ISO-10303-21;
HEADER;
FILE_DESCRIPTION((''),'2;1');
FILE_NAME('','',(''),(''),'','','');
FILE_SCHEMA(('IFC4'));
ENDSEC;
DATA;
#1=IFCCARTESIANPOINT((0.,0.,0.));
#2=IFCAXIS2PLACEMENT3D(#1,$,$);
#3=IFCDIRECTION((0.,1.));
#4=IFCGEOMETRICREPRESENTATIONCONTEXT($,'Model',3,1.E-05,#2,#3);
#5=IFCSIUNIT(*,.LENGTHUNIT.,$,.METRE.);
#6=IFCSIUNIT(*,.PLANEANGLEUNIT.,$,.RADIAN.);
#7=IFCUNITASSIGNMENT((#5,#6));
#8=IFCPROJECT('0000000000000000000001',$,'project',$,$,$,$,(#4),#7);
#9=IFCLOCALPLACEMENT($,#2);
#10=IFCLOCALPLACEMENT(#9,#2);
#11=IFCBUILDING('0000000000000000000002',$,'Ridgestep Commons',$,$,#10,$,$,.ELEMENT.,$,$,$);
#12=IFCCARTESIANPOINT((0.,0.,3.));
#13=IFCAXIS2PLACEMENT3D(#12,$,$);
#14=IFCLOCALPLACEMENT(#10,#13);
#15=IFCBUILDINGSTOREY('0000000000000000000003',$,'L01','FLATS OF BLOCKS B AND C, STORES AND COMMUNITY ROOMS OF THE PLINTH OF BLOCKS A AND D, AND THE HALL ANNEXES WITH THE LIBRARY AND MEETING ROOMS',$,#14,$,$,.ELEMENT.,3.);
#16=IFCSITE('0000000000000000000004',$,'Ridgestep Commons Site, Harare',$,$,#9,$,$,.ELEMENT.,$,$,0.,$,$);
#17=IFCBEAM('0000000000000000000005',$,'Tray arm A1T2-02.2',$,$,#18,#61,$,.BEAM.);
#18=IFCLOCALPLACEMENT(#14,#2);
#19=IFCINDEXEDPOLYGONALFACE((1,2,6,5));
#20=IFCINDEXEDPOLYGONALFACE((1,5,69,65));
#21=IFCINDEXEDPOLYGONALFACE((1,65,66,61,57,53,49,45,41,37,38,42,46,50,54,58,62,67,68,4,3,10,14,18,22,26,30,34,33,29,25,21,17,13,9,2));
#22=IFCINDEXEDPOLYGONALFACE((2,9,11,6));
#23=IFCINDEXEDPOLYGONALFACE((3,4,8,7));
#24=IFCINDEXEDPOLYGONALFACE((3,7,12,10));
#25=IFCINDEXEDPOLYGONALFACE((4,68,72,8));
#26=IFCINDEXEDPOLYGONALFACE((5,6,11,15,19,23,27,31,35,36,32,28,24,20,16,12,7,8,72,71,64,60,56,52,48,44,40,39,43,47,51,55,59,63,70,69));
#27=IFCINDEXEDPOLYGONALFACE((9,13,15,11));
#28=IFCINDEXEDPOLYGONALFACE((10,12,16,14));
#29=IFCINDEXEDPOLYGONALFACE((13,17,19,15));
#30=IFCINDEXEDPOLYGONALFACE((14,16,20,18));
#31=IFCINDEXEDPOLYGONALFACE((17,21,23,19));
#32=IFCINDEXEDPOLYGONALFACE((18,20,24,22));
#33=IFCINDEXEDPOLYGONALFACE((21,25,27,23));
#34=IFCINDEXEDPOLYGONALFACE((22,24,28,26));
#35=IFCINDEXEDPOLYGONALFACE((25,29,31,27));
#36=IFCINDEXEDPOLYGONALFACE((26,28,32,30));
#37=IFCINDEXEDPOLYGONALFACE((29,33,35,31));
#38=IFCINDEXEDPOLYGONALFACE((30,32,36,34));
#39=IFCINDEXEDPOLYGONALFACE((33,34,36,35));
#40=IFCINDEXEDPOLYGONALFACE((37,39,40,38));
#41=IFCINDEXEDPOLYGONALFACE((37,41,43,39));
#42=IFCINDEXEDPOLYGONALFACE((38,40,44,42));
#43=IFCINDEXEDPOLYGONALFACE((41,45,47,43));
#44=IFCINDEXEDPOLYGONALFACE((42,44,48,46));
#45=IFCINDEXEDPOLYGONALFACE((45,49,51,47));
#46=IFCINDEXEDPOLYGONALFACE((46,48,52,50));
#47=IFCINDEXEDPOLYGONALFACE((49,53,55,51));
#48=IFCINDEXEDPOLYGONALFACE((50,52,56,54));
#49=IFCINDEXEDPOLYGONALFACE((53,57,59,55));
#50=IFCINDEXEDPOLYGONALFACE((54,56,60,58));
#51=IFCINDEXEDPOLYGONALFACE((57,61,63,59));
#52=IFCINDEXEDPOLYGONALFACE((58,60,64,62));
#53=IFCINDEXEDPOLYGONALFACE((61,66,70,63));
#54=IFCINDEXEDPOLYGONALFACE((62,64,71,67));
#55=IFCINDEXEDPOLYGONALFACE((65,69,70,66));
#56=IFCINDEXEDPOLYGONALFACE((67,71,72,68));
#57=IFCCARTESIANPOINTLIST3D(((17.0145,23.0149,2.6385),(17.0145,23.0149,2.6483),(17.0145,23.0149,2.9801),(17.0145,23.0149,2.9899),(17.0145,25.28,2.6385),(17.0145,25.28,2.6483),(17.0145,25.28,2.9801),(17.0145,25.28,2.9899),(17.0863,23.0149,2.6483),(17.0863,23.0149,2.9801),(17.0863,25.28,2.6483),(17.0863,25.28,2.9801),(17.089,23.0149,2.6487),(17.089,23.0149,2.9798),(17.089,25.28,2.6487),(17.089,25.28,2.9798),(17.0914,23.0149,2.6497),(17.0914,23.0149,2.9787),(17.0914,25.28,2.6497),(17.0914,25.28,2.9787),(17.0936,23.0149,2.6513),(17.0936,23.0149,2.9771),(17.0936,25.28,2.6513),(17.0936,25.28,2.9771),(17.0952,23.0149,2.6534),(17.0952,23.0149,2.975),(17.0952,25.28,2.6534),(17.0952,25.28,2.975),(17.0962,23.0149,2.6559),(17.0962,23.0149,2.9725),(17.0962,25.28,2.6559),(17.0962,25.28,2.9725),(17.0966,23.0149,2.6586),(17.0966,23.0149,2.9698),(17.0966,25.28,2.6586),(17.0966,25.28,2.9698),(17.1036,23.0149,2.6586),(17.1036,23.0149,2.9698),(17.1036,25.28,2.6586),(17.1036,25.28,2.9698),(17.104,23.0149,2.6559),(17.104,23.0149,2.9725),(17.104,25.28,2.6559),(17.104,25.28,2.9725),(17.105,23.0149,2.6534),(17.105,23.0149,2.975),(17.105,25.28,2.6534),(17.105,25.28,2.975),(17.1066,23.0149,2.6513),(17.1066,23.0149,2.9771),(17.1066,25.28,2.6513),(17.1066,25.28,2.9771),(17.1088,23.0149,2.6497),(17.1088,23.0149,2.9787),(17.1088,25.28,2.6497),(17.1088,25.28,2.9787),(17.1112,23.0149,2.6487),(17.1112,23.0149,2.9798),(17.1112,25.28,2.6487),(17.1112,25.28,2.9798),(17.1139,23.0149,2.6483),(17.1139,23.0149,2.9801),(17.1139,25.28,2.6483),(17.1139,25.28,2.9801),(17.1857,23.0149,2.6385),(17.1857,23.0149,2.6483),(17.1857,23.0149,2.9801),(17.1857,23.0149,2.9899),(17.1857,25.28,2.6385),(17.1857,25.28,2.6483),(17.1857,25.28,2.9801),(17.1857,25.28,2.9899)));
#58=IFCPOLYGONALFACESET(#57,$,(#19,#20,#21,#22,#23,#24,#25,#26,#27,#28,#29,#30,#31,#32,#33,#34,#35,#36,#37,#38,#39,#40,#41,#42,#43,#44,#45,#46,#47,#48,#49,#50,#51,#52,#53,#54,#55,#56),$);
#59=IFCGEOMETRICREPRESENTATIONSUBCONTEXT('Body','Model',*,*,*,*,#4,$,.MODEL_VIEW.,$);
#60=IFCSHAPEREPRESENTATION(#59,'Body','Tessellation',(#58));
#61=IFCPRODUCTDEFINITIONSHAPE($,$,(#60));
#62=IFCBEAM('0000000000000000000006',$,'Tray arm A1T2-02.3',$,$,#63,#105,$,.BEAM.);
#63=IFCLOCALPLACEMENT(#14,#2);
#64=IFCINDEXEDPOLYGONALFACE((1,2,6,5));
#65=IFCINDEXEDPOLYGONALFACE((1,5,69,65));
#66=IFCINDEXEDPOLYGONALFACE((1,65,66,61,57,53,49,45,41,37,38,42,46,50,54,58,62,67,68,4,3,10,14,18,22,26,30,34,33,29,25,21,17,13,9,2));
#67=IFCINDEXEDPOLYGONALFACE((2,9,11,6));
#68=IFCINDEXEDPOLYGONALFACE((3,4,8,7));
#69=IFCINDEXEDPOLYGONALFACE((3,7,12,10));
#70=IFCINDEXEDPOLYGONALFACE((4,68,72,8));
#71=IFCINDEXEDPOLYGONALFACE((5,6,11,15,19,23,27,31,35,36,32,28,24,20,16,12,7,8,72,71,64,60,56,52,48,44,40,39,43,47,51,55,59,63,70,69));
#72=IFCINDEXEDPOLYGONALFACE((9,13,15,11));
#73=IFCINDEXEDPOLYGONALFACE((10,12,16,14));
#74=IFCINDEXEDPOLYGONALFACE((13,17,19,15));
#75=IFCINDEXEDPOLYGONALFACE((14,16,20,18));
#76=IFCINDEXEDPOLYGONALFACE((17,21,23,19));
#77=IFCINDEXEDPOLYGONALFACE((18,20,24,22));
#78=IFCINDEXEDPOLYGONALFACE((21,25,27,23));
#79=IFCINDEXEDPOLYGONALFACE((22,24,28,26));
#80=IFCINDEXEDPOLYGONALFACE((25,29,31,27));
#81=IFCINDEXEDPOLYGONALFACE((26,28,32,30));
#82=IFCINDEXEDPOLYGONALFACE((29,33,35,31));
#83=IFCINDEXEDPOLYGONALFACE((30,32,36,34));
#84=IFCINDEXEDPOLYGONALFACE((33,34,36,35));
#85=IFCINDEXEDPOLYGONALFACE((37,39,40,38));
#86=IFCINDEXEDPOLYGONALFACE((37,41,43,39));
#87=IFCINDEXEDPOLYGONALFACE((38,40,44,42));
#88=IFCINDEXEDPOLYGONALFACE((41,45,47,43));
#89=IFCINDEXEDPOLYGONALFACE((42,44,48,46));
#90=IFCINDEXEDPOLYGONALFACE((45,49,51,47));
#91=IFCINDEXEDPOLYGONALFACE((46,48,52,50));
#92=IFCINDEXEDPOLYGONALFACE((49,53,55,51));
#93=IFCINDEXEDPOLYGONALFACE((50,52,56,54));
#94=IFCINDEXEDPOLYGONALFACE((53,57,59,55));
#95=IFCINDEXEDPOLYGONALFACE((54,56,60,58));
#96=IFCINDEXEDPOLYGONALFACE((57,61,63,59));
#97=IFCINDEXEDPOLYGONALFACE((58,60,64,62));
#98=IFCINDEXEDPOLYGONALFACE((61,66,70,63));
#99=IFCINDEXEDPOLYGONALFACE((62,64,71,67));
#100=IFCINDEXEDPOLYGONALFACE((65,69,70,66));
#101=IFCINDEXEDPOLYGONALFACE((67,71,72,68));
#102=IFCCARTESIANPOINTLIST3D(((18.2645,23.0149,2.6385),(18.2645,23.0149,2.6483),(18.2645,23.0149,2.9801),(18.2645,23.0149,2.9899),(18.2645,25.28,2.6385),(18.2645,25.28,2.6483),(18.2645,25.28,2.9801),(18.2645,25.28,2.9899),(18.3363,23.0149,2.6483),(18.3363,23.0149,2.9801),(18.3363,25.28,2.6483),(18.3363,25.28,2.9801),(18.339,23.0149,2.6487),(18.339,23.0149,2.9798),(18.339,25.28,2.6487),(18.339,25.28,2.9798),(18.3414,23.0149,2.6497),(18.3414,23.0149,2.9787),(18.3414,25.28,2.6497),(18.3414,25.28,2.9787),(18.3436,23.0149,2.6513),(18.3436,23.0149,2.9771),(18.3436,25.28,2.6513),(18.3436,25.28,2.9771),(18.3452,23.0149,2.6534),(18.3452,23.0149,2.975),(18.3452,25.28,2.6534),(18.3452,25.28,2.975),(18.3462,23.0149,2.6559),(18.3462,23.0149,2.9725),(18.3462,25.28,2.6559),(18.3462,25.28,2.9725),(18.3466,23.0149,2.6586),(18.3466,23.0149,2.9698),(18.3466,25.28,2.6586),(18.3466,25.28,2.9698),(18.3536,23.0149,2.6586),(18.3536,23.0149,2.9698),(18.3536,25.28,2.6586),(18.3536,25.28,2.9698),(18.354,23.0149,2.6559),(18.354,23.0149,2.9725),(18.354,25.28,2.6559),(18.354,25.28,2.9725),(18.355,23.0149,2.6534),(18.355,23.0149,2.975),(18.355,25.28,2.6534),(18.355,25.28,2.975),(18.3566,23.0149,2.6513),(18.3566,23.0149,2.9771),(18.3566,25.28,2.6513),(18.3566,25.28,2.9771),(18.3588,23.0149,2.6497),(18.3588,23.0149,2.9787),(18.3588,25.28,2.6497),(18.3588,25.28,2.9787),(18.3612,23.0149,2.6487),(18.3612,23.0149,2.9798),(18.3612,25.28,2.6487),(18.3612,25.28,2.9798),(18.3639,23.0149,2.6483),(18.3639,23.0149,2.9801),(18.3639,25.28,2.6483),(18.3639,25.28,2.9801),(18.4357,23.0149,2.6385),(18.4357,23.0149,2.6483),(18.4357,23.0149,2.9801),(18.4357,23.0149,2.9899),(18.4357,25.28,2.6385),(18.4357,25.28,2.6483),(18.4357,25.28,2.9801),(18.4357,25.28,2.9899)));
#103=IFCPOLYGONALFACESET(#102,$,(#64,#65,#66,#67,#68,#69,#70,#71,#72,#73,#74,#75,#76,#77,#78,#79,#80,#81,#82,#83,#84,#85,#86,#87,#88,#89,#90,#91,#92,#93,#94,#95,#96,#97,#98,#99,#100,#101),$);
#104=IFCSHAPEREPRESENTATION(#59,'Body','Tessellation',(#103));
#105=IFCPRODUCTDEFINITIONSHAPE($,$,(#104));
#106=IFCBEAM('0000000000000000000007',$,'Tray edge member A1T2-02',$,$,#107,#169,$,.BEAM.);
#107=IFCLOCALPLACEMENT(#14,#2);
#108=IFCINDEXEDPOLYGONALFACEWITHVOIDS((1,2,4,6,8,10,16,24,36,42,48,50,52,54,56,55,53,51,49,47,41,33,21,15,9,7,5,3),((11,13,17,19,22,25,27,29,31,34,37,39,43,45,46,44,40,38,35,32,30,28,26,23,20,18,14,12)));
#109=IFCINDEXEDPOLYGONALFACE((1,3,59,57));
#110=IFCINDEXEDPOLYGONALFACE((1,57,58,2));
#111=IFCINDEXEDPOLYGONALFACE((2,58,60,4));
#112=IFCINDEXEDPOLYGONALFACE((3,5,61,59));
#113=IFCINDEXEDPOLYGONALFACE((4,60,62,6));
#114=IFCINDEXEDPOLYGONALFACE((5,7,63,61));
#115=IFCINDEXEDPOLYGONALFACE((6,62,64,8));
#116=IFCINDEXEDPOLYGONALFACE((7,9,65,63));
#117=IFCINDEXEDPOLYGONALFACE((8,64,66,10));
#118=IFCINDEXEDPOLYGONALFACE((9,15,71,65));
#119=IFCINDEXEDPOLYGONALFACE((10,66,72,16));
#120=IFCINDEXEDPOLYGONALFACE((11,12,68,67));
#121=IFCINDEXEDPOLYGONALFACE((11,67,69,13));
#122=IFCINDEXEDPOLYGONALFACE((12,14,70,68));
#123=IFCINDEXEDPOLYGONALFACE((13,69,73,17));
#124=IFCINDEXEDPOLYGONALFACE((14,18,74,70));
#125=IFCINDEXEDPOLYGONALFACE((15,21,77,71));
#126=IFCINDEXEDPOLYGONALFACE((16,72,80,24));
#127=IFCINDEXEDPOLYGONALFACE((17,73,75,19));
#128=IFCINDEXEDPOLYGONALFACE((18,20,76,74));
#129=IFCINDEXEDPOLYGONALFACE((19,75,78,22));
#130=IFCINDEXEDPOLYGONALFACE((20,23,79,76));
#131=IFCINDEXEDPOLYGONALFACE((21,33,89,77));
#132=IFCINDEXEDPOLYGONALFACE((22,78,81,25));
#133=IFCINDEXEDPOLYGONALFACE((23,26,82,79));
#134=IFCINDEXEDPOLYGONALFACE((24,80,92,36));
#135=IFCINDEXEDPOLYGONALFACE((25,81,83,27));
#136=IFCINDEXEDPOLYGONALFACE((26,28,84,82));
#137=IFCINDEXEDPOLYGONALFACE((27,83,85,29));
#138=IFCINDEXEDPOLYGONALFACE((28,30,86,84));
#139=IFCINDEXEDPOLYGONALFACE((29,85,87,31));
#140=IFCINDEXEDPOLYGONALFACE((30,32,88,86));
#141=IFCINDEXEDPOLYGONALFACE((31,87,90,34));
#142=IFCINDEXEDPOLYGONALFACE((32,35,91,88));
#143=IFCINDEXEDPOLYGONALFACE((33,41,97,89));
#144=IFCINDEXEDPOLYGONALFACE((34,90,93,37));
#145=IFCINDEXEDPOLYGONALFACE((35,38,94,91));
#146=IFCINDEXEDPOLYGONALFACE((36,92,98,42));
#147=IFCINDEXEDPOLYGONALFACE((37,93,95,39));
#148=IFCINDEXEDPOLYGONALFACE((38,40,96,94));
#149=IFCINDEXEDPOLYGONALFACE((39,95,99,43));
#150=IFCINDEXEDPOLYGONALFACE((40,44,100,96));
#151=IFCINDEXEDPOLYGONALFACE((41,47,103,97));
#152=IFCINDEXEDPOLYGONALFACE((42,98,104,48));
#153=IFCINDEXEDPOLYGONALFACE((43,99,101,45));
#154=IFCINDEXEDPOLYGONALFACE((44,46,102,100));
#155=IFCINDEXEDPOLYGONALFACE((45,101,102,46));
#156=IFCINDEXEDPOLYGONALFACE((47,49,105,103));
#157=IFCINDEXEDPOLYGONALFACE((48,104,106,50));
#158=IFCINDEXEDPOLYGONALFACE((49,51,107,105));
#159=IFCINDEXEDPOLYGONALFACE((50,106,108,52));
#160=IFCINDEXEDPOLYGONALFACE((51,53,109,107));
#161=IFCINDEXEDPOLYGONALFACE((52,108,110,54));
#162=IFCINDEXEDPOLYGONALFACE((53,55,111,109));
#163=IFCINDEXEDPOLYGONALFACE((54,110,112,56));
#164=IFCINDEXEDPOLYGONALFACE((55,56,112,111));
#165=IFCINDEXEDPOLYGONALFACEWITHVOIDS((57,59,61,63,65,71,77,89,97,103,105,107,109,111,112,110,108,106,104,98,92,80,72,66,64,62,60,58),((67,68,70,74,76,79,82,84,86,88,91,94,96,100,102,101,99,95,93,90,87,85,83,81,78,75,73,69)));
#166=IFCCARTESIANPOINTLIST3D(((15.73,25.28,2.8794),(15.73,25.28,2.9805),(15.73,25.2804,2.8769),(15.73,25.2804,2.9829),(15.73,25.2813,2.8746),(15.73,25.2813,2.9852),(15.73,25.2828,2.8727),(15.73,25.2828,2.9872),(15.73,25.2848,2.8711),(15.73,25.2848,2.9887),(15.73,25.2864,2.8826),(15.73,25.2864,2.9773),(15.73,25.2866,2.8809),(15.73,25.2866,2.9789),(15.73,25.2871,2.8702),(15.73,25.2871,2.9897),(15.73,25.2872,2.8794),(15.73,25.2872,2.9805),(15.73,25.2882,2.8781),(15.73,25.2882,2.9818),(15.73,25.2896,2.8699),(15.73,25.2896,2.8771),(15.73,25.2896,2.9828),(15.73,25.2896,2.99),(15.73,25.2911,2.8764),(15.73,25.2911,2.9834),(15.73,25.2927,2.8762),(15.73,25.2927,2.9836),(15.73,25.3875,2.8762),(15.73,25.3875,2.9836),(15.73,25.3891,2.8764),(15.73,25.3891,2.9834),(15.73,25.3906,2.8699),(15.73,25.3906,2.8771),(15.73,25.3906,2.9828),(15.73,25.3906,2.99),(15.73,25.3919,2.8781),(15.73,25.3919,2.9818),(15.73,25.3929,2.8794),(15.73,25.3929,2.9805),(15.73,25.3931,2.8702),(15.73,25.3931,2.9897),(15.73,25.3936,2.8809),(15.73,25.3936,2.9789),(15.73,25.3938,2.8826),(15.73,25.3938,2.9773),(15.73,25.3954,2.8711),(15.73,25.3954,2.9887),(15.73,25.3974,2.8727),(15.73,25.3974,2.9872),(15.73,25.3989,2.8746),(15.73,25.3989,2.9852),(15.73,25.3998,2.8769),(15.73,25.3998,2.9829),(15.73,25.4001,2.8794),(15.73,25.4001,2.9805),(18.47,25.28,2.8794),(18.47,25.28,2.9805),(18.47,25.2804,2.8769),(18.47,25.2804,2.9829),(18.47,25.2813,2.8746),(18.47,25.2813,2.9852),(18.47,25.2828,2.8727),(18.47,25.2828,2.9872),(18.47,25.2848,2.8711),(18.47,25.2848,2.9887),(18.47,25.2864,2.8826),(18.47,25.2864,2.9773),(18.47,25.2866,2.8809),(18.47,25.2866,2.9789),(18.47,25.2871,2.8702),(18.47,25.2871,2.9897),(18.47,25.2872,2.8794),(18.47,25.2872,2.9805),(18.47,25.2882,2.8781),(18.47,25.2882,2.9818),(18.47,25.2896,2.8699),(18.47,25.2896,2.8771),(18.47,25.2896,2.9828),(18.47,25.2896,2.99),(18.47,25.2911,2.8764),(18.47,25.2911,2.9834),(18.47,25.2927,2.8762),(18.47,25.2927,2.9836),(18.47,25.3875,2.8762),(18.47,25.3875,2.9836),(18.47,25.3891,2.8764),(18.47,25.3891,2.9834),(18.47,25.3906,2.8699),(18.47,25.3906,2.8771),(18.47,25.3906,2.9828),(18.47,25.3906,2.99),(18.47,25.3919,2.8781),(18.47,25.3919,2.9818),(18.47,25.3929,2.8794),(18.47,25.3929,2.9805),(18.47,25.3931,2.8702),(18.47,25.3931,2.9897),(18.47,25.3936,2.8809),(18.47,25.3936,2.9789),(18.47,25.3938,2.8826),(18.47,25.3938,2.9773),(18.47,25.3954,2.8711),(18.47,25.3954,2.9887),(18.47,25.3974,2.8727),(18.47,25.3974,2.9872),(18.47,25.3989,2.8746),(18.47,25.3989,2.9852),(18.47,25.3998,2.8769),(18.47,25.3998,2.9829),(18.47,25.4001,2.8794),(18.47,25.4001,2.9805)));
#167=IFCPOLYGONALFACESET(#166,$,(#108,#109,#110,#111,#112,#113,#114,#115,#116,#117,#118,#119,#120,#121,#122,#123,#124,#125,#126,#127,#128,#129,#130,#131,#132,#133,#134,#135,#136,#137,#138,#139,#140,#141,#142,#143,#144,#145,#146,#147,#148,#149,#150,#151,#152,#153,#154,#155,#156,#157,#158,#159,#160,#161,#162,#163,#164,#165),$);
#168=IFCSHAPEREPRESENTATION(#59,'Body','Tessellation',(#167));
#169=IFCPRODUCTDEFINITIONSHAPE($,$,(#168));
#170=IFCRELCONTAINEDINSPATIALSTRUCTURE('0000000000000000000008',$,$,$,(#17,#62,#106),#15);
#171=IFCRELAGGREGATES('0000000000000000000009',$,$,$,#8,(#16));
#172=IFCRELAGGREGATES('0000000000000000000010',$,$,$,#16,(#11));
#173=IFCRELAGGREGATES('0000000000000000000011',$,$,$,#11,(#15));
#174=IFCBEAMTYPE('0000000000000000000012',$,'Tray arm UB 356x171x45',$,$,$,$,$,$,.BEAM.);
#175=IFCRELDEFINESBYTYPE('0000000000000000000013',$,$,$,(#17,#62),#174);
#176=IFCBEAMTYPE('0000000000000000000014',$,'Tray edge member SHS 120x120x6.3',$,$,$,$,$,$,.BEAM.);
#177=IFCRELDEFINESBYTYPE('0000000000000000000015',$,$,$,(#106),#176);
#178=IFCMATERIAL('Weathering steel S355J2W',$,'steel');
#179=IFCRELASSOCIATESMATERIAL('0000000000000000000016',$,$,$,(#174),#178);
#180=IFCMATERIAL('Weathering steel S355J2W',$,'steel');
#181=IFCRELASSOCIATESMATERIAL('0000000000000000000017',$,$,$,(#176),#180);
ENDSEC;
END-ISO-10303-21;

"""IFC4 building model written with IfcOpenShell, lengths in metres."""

from ifc_helpers import new_model, si_unit, direction, frame, origin, origin_2d, place, context, subcontext, project, spatial, hollow_rectangle, i_section, extrude, material, material_profile, profile_set, type_object, element, save


model = new_model("IFC4")

# Units and contexts
model_context = context("Model", 3, precision=1e-05, world=origin(), true_north=direction((0.0, 1.0)))
body_context = subcontext(model_context, "Body", "Model", "MODEL_VIEW")
ifc_project = project(units=[si_unit("LENGTHUNIT", "METRE"), si_unit("PLANEANGLEUNIT", "RADIAN")], contexts=[model_context])

# Site, building, storey
site_placement = place(None, origin())
site = spatial("IfcSite", under=ifc_project, at=site_placement, Name="Ridgestep Commons Site, Harare", CompositionType="ELEMENT", RefElevation=0.0)
building_placement = place(site_placement, origin())
building = spatial("IfcBuilding", under=site, at=building_placement, Name="Ridgestep Commons", CompositionType="ELEMENT")
storey_placement = place(building_placement, frame((0.0, 0.0, 3.0)))
storey = spatial("IfcBuildingStorey", under=building, at=storey_placement, Name="L01", Description="FLATS OF BLOCKS B AND C, STORES AND COMMUNITY ROOMS OF THE PLINTH OF BLOCKS A AND D, AND THE HALL ANNEXES WITH THE LIBRARY AND MEETING ROOMS", CompositionType="ELEMENT", Elevation=3.0)

# Beams
ifc_material_1 = material(Name="Weathering steel S355J2W", Category="steel")
ifc_material_profile_1 = material_profile(ifc_material_1, i_section(OverallWidth=0.1711, OverallDepth=0.3513, WebThickness=0.0071, FlangeThickness=0.0098, FilletRadius=0.0103, at=origin_2d()), Name="UB 356x171x45")
ifc_profile_set_1 = profile_set([ifc_material_profile_1], Name="Weathering steel S355J2W")
beam_type_1 = type_object("IfcBeamType", Name="Tray arm UB 356x171x45", PredefinedType="BEAM", material=ifc_profile_set_1)
for number, where, z_axis, x_axis, name in (
    (1, (17.1001, 23.0149, 2.8142), (0.0, 1.0, 0.0), (-1.0, 0.0, 0.0), "Tray arm A1T2-02.2"),
    (2, (18.3501, 23.0149, 2.8142), (0.0, 1.0, 0.0), (-1.0, 0.0, 0.0), "Tray arm A1T2-02.3"),
):
    element("IfcBeam", number, at=place(storey_placement, frame(where, z_axis=z_axis, x_axis=x_axis)), inside=storey, type_object=beam_type_1, Name=name, PredefinedType="BEAM", context=body_context, shape_type="SweptSolid", body=[
        extrude(i_section(OverallWidth=0.1711, OverallDepth=0.3513, WebThickness=0.0071, FlangeThickness=0.0098, FilletRadius=0.0103, at=origin_2d()), origin(), (0.0, 0.0, 1.0), 2.2651),
    ])
ifc_material_2 = material(Name="Weathering steel S355J2W", Category="steel")
ifc_material_profile_2 = material_profile(ifc_material_2, hollow_rectangle(XDim=0.1201, YDim=0.1201, WallThickness=0.0063, InnerFilletRadius=0.0063, OuterFilletRadius=0.0095, at=origin_2d()), Name="SHS 120x120x6.3")
ifc_profile_set_2 = profile_set([ifc_material_profile_2], Name="Weathering steel S355J2W")
beam_type_2 = type_object("IfcBeamType", Name="Tray edge member SHS 120x120x6.3", PredefinedType="BEAM", material=ifc_profile_set_2)
for number, where, z_axis, x_axis, name in (
    (3, (15.73, 25.3401, 2.9299), (1.0, 0.0, 0.0), (0.0, 0.0, 1.0), "Tray edge member A1T2-02"),
):
    element("IfcBeam", number, at=place(storey_placement, frame(where, z_axis=z_axis, x_axis=x_axis)), inside=storey, type_object=beam_type_2, Name=name, PredefinedType="BEAM", context=body_context, shape_type="SweptSolid", body=[
        extrude(hollow_rectangle(XDim=0.1201, YDim=0.1201, WallThickness=0.0063, InnerFilletRadius=0.0063, OuterFilletRadius=0.0095, at=origin_2d()), origin(), (0.0, 0.0, 1.0), 2.74),
    ])

save(model, "model.ifc")
